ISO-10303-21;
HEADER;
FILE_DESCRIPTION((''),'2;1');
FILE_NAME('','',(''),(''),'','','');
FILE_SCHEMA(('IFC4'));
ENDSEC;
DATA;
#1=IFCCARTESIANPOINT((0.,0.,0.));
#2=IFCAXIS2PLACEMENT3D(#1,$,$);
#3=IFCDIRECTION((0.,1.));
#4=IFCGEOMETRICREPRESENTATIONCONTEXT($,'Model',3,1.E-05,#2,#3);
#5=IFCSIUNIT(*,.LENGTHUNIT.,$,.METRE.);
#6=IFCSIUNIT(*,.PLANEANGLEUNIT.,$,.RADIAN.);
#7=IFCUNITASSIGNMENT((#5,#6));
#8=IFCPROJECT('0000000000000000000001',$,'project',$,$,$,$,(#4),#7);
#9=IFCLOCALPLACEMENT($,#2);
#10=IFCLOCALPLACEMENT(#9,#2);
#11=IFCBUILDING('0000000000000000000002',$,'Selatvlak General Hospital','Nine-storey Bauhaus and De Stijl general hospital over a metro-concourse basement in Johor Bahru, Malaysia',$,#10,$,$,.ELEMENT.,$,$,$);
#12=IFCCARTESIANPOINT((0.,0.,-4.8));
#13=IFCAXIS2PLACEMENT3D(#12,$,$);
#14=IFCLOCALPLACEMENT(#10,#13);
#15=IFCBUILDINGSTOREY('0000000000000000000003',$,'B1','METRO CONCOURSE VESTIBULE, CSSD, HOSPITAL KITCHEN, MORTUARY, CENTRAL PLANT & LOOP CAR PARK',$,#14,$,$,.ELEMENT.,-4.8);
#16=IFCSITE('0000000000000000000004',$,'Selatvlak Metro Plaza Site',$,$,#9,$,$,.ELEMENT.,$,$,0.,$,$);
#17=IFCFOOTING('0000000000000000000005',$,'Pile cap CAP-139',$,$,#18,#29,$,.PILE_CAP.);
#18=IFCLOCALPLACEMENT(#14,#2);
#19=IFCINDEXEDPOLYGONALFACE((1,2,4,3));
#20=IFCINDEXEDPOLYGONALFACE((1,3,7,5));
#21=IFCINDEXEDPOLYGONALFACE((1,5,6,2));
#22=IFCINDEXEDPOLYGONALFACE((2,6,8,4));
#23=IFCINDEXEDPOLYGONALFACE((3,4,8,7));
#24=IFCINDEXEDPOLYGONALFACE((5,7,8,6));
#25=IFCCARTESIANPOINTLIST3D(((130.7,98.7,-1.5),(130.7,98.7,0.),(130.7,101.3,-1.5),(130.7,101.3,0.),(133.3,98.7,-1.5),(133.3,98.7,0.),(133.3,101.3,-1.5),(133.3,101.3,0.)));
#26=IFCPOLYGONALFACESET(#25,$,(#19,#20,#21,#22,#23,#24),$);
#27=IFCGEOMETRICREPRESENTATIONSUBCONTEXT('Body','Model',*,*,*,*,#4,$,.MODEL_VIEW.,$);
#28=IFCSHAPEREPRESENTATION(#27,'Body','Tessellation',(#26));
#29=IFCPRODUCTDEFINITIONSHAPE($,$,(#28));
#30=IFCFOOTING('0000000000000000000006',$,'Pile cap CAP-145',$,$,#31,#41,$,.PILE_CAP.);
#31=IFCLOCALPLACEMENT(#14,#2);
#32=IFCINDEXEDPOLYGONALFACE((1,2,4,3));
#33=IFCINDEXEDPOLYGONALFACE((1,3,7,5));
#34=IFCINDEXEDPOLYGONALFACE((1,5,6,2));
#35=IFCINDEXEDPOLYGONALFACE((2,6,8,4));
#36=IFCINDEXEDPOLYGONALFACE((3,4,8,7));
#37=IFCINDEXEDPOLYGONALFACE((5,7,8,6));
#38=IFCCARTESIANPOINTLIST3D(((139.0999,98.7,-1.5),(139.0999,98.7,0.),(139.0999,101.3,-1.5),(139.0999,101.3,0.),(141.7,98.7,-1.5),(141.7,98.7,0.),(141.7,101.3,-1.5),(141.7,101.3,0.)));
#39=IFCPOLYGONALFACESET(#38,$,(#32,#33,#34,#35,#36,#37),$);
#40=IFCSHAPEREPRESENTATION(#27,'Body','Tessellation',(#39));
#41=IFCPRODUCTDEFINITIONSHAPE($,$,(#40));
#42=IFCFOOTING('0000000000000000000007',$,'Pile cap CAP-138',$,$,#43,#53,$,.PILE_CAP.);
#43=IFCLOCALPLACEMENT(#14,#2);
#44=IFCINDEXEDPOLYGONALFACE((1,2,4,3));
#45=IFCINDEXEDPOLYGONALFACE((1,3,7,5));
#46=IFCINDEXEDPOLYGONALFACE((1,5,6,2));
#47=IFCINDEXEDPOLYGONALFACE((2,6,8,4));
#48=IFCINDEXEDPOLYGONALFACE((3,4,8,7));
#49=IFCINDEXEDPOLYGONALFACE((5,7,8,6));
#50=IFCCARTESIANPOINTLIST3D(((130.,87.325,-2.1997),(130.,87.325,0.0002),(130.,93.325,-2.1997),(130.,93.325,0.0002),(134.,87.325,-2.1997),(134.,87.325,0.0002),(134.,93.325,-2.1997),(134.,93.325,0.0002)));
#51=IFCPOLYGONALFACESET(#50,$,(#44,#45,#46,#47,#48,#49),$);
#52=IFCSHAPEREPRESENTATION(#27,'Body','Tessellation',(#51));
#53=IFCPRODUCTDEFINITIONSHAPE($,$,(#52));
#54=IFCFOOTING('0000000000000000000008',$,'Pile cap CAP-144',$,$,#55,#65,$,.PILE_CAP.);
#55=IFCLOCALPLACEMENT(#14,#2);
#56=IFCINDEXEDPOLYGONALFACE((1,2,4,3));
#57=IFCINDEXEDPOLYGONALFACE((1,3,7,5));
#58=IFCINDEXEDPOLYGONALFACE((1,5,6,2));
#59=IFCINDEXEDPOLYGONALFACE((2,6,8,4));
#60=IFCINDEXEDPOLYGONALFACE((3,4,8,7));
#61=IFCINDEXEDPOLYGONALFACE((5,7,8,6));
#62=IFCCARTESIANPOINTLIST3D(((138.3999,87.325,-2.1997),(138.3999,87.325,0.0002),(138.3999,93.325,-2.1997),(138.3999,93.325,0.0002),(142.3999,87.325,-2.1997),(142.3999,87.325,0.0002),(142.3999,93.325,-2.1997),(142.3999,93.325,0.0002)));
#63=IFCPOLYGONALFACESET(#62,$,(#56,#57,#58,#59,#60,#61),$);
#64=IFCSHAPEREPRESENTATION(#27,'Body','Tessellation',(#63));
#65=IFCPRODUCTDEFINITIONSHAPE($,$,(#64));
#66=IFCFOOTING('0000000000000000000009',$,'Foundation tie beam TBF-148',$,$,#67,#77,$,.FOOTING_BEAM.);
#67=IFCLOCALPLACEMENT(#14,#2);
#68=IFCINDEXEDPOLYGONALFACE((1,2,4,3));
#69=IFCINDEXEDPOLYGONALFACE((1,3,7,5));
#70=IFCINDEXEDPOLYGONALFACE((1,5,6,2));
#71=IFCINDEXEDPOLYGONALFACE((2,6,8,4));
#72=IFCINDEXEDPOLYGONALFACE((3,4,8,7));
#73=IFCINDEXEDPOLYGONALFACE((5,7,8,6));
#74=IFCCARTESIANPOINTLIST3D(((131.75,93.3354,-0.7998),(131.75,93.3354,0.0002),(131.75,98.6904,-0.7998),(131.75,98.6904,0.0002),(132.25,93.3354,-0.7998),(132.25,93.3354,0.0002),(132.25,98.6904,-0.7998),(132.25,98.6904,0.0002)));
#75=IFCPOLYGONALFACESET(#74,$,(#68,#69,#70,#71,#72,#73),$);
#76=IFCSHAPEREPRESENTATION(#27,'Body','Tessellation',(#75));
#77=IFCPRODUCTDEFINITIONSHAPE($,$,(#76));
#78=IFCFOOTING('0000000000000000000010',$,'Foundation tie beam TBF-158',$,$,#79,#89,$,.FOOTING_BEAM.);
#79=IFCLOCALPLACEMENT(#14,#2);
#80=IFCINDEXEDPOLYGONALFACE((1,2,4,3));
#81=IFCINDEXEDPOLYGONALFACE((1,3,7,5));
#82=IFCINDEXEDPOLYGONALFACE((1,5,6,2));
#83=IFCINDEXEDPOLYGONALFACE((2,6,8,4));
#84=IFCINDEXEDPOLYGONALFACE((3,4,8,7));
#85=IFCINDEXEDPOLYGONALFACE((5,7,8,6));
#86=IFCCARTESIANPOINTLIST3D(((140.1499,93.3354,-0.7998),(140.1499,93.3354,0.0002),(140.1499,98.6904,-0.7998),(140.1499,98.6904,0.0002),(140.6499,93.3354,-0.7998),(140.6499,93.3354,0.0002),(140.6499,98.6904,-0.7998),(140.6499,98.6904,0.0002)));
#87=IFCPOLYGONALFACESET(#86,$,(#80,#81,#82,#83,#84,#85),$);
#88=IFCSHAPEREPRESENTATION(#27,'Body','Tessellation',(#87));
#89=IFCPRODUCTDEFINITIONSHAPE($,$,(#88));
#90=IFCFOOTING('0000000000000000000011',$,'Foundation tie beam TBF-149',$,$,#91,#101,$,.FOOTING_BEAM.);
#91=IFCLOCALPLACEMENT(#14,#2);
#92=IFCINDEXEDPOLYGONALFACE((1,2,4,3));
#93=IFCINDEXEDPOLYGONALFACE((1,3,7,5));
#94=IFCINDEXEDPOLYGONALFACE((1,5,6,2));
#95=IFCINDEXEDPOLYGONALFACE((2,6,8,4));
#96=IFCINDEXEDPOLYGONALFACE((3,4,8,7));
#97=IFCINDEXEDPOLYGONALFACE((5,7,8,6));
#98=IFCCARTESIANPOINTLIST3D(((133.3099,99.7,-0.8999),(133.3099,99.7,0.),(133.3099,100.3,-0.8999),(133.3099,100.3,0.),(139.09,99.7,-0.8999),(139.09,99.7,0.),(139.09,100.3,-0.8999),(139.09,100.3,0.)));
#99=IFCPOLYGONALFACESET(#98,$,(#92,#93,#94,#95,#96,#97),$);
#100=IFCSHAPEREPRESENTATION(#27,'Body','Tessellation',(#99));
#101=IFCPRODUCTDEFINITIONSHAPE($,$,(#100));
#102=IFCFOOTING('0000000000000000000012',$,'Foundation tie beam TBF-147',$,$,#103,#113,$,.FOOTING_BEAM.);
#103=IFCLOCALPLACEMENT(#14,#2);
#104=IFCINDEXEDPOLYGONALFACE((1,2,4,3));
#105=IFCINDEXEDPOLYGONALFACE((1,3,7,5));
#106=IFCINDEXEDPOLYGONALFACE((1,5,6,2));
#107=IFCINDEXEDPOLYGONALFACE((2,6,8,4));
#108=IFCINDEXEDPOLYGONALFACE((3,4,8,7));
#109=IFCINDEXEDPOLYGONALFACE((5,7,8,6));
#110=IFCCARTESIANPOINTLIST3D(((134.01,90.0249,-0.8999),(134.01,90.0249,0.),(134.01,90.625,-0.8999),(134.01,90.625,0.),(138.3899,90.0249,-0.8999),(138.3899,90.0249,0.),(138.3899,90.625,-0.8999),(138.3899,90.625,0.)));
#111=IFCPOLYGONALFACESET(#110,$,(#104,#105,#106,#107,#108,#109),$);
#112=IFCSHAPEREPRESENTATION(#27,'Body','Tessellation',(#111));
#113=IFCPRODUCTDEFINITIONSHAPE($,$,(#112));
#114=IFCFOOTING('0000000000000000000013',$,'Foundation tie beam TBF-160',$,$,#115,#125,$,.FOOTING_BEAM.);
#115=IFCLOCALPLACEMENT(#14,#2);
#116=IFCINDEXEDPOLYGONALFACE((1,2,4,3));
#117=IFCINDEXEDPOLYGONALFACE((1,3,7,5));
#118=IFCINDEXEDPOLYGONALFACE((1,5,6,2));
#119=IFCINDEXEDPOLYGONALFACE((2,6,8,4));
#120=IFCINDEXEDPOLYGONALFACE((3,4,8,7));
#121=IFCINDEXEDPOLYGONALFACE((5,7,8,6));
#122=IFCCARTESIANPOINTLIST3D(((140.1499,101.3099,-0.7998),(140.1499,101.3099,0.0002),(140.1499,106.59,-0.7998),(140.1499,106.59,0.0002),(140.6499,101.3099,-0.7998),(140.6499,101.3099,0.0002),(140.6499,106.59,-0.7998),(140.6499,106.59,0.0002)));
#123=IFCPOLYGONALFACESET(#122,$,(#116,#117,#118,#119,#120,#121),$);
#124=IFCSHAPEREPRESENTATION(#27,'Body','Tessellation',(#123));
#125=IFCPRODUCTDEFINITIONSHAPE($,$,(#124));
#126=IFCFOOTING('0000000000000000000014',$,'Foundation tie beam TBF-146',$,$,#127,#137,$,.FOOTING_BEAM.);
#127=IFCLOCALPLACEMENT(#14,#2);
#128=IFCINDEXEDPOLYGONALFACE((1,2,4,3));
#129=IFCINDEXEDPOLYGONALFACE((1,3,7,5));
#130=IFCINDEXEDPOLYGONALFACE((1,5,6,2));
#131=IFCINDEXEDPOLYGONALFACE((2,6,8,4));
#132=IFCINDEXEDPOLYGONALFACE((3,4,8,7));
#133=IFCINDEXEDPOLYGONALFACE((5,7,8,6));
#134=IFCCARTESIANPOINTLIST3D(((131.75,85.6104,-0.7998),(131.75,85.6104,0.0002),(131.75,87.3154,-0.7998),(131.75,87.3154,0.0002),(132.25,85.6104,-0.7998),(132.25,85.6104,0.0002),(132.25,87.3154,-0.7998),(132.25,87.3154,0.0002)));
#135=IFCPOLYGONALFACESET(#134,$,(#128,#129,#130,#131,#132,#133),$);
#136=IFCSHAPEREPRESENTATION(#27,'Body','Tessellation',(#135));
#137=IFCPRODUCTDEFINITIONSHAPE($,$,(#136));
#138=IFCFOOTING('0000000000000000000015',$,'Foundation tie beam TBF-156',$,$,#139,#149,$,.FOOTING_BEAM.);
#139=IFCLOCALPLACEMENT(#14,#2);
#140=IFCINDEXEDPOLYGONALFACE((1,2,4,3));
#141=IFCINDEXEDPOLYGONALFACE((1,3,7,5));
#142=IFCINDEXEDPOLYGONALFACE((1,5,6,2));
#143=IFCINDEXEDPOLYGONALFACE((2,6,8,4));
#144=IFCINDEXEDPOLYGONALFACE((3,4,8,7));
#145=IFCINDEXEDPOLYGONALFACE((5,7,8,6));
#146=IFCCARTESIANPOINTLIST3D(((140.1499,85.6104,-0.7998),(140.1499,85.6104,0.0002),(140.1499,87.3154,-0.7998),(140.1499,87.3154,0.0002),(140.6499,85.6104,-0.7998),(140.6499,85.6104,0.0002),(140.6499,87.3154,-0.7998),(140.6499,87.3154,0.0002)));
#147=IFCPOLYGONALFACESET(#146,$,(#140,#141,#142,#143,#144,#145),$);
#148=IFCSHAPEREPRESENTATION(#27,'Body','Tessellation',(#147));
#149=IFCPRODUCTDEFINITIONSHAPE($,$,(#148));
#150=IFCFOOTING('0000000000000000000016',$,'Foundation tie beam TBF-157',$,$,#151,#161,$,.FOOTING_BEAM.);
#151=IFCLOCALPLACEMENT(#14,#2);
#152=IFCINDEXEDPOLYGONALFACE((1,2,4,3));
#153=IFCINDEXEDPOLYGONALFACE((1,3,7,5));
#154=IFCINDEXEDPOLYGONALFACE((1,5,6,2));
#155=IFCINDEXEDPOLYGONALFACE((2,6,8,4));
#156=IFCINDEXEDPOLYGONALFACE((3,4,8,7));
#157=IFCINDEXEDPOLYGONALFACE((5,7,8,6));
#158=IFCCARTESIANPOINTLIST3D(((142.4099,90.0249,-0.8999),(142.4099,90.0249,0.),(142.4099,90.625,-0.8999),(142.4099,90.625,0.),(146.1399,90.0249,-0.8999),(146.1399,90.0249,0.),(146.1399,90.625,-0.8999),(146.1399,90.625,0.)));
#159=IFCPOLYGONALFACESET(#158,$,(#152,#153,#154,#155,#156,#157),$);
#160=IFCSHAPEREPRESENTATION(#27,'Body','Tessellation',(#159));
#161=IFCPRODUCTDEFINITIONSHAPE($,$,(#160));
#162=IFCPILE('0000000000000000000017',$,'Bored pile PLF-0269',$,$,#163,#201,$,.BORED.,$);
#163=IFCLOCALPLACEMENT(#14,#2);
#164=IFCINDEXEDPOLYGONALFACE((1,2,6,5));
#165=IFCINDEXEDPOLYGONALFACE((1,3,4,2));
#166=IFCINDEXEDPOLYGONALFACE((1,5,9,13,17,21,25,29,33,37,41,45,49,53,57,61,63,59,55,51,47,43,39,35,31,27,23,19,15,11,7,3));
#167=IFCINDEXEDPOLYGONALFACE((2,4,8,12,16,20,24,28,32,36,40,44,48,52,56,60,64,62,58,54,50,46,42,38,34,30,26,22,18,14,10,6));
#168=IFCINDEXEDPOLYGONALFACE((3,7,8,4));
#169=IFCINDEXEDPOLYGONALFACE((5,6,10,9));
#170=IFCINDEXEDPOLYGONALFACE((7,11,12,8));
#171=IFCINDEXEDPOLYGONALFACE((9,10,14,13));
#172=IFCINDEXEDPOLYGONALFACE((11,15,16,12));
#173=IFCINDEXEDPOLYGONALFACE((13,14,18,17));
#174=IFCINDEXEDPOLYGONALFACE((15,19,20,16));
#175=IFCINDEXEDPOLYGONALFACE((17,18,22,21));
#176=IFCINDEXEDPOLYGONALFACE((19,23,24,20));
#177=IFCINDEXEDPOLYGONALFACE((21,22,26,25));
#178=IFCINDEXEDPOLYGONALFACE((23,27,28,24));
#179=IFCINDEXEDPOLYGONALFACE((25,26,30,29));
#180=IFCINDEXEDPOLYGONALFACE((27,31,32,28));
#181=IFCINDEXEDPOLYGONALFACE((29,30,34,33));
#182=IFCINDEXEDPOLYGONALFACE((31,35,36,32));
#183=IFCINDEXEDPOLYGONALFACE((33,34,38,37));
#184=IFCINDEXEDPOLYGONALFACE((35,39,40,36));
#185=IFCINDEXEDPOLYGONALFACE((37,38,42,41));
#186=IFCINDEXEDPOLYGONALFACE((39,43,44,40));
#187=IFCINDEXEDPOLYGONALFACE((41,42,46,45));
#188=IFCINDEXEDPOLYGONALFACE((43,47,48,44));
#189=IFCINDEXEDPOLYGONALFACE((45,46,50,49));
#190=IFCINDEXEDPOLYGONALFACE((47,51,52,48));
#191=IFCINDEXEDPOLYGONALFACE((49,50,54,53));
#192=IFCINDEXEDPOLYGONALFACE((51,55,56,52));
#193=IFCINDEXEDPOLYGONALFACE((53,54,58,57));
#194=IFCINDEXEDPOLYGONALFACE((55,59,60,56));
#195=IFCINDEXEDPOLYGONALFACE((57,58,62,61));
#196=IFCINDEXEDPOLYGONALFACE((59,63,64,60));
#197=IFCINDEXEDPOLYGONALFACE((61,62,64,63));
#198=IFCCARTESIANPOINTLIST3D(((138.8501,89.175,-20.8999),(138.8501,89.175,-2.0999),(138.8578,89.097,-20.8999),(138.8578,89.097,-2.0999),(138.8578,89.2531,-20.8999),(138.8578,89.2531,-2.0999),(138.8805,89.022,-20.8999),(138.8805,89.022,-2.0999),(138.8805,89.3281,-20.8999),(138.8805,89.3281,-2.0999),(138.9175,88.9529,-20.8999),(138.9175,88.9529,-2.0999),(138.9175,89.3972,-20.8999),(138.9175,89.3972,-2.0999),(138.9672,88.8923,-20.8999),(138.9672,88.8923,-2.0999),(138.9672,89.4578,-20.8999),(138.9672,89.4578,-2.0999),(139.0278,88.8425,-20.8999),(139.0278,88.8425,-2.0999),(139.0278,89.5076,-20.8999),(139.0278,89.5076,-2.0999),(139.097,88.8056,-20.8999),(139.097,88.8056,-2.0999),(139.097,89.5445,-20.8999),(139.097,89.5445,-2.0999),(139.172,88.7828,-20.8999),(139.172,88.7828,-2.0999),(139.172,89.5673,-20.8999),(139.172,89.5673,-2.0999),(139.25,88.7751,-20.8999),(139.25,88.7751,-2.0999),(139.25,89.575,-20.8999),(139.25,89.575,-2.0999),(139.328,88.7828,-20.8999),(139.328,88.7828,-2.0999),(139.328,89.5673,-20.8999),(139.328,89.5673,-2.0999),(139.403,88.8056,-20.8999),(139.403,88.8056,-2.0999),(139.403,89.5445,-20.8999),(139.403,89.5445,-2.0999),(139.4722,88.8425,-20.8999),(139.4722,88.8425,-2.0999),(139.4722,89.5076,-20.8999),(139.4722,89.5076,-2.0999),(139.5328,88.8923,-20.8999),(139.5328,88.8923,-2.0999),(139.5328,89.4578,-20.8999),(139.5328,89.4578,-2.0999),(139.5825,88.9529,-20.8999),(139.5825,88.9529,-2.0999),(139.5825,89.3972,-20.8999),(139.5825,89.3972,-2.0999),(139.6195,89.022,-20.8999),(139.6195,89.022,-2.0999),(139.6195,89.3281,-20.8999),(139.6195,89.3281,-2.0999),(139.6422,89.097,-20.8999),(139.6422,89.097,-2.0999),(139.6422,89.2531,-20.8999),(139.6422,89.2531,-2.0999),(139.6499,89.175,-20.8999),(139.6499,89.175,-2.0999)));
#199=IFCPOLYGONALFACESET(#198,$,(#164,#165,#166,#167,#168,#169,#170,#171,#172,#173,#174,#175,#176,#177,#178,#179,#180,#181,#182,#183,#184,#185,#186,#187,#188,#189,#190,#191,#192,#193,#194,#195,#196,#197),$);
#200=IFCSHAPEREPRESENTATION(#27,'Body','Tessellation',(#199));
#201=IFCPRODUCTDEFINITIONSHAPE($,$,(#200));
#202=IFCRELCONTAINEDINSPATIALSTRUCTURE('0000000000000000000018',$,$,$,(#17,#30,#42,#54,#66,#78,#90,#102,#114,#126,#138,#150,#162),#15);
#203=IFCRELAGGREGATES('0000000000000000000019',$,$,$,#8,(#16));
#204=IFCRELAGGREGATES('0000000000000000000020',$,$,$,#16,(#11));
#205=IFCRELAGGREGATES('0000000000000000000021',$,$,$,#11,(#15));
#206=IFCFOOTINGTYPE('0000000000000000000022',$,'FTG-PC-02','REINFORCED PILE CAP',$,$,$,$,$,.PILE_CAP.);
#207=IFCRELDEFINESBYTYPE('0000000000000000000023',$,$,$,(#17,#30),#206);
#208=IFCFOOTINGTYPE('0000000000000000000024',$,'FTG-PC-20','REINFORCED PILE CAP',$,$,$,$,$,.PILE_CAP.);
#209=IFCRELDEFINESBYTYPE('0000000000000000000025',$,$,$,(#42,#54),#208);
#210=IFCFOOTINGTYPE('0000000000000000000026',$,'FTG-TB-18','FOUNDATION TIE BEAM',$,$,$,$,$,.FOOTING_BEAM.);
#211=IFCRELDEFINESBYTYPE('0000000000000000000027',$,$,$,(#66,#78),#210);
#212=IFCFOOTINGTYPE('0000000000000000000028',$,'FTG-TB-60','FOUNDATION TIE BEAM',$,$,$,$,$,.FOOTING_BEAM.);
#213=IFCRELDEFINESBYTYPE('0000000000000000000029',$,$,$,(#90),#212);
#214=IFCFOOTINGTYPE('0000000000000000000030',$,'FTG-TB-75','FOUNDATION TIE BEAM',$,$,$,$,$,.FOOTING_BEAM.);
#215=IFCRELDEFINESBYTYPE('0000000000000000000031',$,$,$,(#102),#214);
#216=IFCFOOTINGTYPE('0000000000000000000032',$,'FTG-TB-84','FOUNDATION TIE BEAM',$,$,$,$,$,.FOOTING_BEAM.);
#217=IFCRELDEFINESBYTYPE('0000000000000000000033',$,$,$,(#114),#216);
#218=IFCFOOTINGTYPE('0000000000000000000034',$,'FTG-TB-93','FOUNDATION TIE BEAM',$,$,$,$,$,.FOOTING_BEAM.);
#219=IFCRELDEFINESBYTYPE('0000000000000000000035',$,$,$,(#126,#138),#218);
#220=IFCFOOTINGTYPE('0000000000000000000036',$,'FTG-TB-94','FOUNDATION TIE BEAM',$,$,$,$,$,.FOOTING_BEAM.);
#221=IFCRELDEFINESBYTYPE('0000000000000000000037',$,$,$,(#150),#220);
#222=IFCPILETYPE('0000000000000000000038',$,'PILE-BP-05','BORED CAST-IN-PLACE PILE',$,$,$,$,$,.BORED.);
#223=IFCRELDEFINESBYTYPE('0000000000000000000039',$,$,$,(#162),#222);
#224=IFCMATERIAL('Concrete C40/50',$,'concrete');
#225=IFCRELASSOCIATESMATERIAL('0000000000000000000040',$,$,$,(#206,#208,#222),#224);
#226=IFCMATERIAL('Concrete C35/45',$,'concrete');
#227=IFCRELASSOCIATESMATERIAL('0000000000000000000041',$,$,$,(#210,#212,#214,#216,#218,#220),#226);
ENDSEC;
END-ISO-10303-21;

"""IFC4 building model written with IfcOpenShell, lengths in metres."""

from ifc_helpers import new_model, si_unit, direction, frame, origin, origin_2d, place, context, subcontext, project, spatial, rectangle, circle, extrude, material, material_profile, profile_set, type_object, element, save


model = new_model("IFC4")

# Units and contexts
model_context = context("Model", 3, precision=1e-05, world=origin(), true_north=direction((0.0, 1.0)))
body_context = subcontext(model_context, "Body", "Model", "MODEL_VIEW")
ifc_project = project(units=[si_unit("LENGTHUNIT", "METRE"), si_unit("PLANEANGLEUNIT", "RADIAN")], contexts=[model_context])

# Site, building, storey
site_placement = place(None, origin())
site = spatial("IfcSite", under=ifc_project, at=site_placement, Name="Selatvlak Metro Plaza Site", CompositionType="ELEMENT", RefElevation=0.0)
building_placement = place(site_placement, origin())
building = spatial("IfcBuilding", under=site, at=building_placement, Name="Selatvlak General Hospital", Description="Nine-storey Bauhaus and De Stijl general hospital over a metro-concourse basement in Johor Bahru, Malaysia", CompositionType="ELEMENT")
storey_placement = place(building_placement, frame((0.0, 0.0, -4.8)))
storey = spatial("IfcBuildingStorey", under=building, at=storey_placement, Name="B1", Description="METRO CONCOURSE VESTIBULE, CSSD, HOSPITAL KITCHEN, MORTUARY, CENTRAL PLANT & LOOP CAR PARK", CompositionType="ELEMENT", Elevation=-4.8)

# Footings
ifc_material_1 = material(Name="Concrete C40/50", Category="concrete")
footing_type_1 = type_object("IfcFootingType", Name="FTG-PC-02", Description="REINFORCED PILE CAP", PredefinedType="PILE_CAP", material=ifc_material_1)
for number, where, z_axis, x_axis, name in (
    (1, (132.0, 100.0, -1.5), (0.0, 0.0, 1.0), (1.0, 0.0, 0.0), "Pile cap CAP-139"),
    (2, (140.3999, 100.0, -1.5), (0.0, 0.0, 1.0), (1.0, 0.0, 0.0), "Pile cap CAP-145"),
):
    element("IfcFooting", number, at=place(storey_placement, frame(where, z_axis=z_axis, x_axis=x_axis)), inside=storey, type_object=footing_type_1, Name=name, PredefinedType="PILE_CAP", context=body_context, shape_type="SweptSolid", body=[
        extrude(rectangle(XDim=2.6001, YDim=2.6001, at=origin_2d()), origin(), (0.0, 0.0, 1.0), 1.5),
    ])
footing_type_2 = type_object("IfcFootingType", Name="FTG-PC-20", Description="REINFORCED PILE CAP", PredefinedType="PILE_CAP", material=ifc_material_1)
for number, where, z_axis, x_axis, name in (
    (3, (132.0, 90.325, -2.1997), (0.0, 0.0, 1.0), (1.0, 0.0, 0.0), "Pile cap CAP-138"),
    (4, (140.3999, 90.325, -2.1997), (0.0, 0.0, 1.0), (1.0, 0.0, 0.0), "Pile cap CAP-144"),
):
    element("IfcFooting", number, at=place(storey_placement, frame(where, z_axis=z_axis, x_axis=x_axis)), inside=storey, type_object=footing_type_2, Name=name, PredefinedType="PILE_CAP", context=body_context, shape_type="SweptSolid", body=[
        extrude(rectangle(XDim=4.0, YDim=6.0, at=origin_2d()), origin(), (0.0, 0.0, 1.0), 2.2),
    ])
ifc_material_2 = material(Name="Concrete C35/45", Category="concrete")
footing_type_3 = type_object("IfcFootingType", Name="FTG-TB-18", Description="FOUNDATION TIE BEAM", PredefinedType="FOOTING_BEAM", material=ifc_material_2)
for number, where, z_axis, x_axis, name in (
    (5, (132.0, 96.0129, -0.7998), (0.0, 0.0, 1.0), (0.0, 1.0, 0.0), "Foundation tie beam TBF-148"),
    (6, (140.3999, 96.0129, -0.7998), (0.0, 0.0, 1.0), (0.0, 1.0, 0.0), "Foundation tie beam TBF-158"),
):
    element("IfcFooting", number, at=place(storey_placement, frame(where, z_axis=z_axis, x_axis=x_axis)), inside=storey, type_object=footing_type_3, Name=name, PredefinedType="FOOTING_BEAM", context=body_context, shape_type="SweptSolid", body=[
        extrude(rectangle(XDim=5.355, YDim=0.5, at=origin_2d()), origin(), (0.0, 0.0, 1.0), 0.8),
    ])
footing_type_4 = type_object("IfcFootingType", Name="FTG-TB-60", Description="FOUNDATION TIE BEAM", PredefinedType="FOOTING_BEAM", material=ifc_material_2)
footing_1_placement = place(storey_placement, frame((136.2, 100.0, -0.8999), z_axis=(0.0, 0.0, 1.0), x_axis=(1.0, 0.0, 0.0)))
element("IfcFooting", 7, at=footing_1_placement, inside=storey, type_object=footing_type_4, Name="Foundation tie beam TBF-149", PredefinedType="FOOTING_BEAM", context=body_context, shape_type="SweptSolid", body=[
    extrude(rectangle(XDim=5.78, YDim=0.6001, at=origin_2d()), origin(), (0.0, 0.0, 1.0), 0.8999),
])
footing_type_5 = type_object("IfcFootingType", Name="FTG-TB-75", Description="FOUNDATION TIE BEAM", PredefinedType="FOOTING_BEAM", material=ifc_material_2)
footing_2_placement = place(storey_placement, frame((136.2, 90.325, -0.8999), z_axis=(0.0, 0.0, 1.0), x_axis=(1.0, 0.0, 0.0)))
element("IfcFooting", 8, at=footing_2_placement, inside=storey, type_object=footing_type_5, Name="Foundation tie beam TBF-147", PredefinedType="FOOTING_BEAM", context=body_context, shape_type="SweptSolid", body=[
    extrude(rectangle(XDim=4.3799, YDim=0.6001, at=origin_2d()), origin(), (0.0, 0.0, 1.0), 0.8999),
])
footing_type_6 = type_object("IfcFootingType", Name="FTG-TB-84", Description="FOUNDATION TIE BEAM", PredefinedType="FOOTING_BEAM", material=ifc_material_2)
footing_3_placement = place(storey_placement, frame((140.3999, 103.95, -0.7998), z_axis=(0.0, 0.0, 1.0), x_axis=(0.0, 1.0, 0.0)))
element("IfcFooting", 9, at=footing_3_placement, inside=storey, type_object=footing_type_6, Name="Foundation tie beam TBF-160", PredefinedType="FOOTING_BEAM", context=body_context, shape_type="SweptSolid", body=[
    extrude(rectangle(XDim=5.28, YDim=0.5, at=origin_2d()), origin(), (0.0, 0.0, 1.0), 0.8),
])
footing_type_7 = type_object("IfcFootingType", Name="FTG-TB-93", Description="FOUNDATION TIE BEAM", PredefinedType="FOOTING_BEAM", material=ifc_material_2)
for number, where, z_axis, x_axis, name in (
    (10, (132.0, 86.4629, -0.7998), (0.0, 0.0, 1.0), (0.0, 1.0, 0.0), "Foundation tie beam TBF-146"),
    (11, (140.3999, 86.4629, -0.7998), (0.0, 0.0, 1.0), (0.0, 1.0, 0.0), "Foundation tie beam TBF-156"),
):
    element("IfcFooting", number, at=place(storey_placement, frame(where, z_axis=z_axis, x_axis=x_axis)), inside=storey, type_object=footing_type_7, Name=name, PredefinedType="FOOTING_BEAM", context=body_context, shape_type="SweptSolid", body=[
        extrude(rectangle(XDim=1.7051, YDim=0.5, at=origin_2d()), origin(), (0.0, 0.0, 1.0), 0.8),
    ])
footing_type_8 = type_object("IfcFootingType", Name="FTG-TB-94", Description="FOUNDATION TIE BEAM", PredefinedType="FOOTING_BEAM", material=ifc_material_2)
footing_4_placement = place(storey_placement, frame((144.2749, 90.325, -0.8999), z_axis=(0.0, 0.0, 1.0), x_axis=(1.0, 0.0, 0.0)))
element("IfcFooting", 12, at=footing_4_placement, inside=storey, type_object=footing_type_8, Name="Foundation tie beam TBF-157", PredefinedType="FOOTING_BEAM", context=body_context, shape_type="SweptSolid", body=[
    extrude(rectangle(XDim=3.73, YDim=0.6001, at=origin_2d()), origin(), (0.0, 0.0, 1.0), 0.8999),
])

# Pile
ifc_material_profile_1 = material_profile(ifc_material_1, circle(Radius=0.3999, at=origin_2d()), Name="BORED PILE 800")
ifc_profile_set_1 = profile_set([ifc_material_profile_1], Name="Concrete C40/50")
pile_type_1 = type_object("IfcPileType", Name="PILE-BP-05", Description="BORED CAST-IN-PLACE PILE", PredefinedType="BORED", material=ifc_profile_set_1)
for number, where, z_axis, x_axis, name in (
    (13, (139.25, 89.175, -2.0999), (0.0, 0.0, -1.0), (1.0, 0.0, 0.0), "Bored pile PLF-0269"),
):
    element("IfcPile", number, at=place(storey_placement, frame(where, z_axis=z_axis, x_axis=x_axis)), inside=storey, type_object=pile_type_1, Name=name, PredefinedType="BORED", context=body_context, shape_type="SweptSolid", body=[
        extrude(circle(Radius=0.3999, at=origin_2d()), origin(), (0.0, 0.0, 1.0), 18.8),
    ])

save(model, "model.ifc")
